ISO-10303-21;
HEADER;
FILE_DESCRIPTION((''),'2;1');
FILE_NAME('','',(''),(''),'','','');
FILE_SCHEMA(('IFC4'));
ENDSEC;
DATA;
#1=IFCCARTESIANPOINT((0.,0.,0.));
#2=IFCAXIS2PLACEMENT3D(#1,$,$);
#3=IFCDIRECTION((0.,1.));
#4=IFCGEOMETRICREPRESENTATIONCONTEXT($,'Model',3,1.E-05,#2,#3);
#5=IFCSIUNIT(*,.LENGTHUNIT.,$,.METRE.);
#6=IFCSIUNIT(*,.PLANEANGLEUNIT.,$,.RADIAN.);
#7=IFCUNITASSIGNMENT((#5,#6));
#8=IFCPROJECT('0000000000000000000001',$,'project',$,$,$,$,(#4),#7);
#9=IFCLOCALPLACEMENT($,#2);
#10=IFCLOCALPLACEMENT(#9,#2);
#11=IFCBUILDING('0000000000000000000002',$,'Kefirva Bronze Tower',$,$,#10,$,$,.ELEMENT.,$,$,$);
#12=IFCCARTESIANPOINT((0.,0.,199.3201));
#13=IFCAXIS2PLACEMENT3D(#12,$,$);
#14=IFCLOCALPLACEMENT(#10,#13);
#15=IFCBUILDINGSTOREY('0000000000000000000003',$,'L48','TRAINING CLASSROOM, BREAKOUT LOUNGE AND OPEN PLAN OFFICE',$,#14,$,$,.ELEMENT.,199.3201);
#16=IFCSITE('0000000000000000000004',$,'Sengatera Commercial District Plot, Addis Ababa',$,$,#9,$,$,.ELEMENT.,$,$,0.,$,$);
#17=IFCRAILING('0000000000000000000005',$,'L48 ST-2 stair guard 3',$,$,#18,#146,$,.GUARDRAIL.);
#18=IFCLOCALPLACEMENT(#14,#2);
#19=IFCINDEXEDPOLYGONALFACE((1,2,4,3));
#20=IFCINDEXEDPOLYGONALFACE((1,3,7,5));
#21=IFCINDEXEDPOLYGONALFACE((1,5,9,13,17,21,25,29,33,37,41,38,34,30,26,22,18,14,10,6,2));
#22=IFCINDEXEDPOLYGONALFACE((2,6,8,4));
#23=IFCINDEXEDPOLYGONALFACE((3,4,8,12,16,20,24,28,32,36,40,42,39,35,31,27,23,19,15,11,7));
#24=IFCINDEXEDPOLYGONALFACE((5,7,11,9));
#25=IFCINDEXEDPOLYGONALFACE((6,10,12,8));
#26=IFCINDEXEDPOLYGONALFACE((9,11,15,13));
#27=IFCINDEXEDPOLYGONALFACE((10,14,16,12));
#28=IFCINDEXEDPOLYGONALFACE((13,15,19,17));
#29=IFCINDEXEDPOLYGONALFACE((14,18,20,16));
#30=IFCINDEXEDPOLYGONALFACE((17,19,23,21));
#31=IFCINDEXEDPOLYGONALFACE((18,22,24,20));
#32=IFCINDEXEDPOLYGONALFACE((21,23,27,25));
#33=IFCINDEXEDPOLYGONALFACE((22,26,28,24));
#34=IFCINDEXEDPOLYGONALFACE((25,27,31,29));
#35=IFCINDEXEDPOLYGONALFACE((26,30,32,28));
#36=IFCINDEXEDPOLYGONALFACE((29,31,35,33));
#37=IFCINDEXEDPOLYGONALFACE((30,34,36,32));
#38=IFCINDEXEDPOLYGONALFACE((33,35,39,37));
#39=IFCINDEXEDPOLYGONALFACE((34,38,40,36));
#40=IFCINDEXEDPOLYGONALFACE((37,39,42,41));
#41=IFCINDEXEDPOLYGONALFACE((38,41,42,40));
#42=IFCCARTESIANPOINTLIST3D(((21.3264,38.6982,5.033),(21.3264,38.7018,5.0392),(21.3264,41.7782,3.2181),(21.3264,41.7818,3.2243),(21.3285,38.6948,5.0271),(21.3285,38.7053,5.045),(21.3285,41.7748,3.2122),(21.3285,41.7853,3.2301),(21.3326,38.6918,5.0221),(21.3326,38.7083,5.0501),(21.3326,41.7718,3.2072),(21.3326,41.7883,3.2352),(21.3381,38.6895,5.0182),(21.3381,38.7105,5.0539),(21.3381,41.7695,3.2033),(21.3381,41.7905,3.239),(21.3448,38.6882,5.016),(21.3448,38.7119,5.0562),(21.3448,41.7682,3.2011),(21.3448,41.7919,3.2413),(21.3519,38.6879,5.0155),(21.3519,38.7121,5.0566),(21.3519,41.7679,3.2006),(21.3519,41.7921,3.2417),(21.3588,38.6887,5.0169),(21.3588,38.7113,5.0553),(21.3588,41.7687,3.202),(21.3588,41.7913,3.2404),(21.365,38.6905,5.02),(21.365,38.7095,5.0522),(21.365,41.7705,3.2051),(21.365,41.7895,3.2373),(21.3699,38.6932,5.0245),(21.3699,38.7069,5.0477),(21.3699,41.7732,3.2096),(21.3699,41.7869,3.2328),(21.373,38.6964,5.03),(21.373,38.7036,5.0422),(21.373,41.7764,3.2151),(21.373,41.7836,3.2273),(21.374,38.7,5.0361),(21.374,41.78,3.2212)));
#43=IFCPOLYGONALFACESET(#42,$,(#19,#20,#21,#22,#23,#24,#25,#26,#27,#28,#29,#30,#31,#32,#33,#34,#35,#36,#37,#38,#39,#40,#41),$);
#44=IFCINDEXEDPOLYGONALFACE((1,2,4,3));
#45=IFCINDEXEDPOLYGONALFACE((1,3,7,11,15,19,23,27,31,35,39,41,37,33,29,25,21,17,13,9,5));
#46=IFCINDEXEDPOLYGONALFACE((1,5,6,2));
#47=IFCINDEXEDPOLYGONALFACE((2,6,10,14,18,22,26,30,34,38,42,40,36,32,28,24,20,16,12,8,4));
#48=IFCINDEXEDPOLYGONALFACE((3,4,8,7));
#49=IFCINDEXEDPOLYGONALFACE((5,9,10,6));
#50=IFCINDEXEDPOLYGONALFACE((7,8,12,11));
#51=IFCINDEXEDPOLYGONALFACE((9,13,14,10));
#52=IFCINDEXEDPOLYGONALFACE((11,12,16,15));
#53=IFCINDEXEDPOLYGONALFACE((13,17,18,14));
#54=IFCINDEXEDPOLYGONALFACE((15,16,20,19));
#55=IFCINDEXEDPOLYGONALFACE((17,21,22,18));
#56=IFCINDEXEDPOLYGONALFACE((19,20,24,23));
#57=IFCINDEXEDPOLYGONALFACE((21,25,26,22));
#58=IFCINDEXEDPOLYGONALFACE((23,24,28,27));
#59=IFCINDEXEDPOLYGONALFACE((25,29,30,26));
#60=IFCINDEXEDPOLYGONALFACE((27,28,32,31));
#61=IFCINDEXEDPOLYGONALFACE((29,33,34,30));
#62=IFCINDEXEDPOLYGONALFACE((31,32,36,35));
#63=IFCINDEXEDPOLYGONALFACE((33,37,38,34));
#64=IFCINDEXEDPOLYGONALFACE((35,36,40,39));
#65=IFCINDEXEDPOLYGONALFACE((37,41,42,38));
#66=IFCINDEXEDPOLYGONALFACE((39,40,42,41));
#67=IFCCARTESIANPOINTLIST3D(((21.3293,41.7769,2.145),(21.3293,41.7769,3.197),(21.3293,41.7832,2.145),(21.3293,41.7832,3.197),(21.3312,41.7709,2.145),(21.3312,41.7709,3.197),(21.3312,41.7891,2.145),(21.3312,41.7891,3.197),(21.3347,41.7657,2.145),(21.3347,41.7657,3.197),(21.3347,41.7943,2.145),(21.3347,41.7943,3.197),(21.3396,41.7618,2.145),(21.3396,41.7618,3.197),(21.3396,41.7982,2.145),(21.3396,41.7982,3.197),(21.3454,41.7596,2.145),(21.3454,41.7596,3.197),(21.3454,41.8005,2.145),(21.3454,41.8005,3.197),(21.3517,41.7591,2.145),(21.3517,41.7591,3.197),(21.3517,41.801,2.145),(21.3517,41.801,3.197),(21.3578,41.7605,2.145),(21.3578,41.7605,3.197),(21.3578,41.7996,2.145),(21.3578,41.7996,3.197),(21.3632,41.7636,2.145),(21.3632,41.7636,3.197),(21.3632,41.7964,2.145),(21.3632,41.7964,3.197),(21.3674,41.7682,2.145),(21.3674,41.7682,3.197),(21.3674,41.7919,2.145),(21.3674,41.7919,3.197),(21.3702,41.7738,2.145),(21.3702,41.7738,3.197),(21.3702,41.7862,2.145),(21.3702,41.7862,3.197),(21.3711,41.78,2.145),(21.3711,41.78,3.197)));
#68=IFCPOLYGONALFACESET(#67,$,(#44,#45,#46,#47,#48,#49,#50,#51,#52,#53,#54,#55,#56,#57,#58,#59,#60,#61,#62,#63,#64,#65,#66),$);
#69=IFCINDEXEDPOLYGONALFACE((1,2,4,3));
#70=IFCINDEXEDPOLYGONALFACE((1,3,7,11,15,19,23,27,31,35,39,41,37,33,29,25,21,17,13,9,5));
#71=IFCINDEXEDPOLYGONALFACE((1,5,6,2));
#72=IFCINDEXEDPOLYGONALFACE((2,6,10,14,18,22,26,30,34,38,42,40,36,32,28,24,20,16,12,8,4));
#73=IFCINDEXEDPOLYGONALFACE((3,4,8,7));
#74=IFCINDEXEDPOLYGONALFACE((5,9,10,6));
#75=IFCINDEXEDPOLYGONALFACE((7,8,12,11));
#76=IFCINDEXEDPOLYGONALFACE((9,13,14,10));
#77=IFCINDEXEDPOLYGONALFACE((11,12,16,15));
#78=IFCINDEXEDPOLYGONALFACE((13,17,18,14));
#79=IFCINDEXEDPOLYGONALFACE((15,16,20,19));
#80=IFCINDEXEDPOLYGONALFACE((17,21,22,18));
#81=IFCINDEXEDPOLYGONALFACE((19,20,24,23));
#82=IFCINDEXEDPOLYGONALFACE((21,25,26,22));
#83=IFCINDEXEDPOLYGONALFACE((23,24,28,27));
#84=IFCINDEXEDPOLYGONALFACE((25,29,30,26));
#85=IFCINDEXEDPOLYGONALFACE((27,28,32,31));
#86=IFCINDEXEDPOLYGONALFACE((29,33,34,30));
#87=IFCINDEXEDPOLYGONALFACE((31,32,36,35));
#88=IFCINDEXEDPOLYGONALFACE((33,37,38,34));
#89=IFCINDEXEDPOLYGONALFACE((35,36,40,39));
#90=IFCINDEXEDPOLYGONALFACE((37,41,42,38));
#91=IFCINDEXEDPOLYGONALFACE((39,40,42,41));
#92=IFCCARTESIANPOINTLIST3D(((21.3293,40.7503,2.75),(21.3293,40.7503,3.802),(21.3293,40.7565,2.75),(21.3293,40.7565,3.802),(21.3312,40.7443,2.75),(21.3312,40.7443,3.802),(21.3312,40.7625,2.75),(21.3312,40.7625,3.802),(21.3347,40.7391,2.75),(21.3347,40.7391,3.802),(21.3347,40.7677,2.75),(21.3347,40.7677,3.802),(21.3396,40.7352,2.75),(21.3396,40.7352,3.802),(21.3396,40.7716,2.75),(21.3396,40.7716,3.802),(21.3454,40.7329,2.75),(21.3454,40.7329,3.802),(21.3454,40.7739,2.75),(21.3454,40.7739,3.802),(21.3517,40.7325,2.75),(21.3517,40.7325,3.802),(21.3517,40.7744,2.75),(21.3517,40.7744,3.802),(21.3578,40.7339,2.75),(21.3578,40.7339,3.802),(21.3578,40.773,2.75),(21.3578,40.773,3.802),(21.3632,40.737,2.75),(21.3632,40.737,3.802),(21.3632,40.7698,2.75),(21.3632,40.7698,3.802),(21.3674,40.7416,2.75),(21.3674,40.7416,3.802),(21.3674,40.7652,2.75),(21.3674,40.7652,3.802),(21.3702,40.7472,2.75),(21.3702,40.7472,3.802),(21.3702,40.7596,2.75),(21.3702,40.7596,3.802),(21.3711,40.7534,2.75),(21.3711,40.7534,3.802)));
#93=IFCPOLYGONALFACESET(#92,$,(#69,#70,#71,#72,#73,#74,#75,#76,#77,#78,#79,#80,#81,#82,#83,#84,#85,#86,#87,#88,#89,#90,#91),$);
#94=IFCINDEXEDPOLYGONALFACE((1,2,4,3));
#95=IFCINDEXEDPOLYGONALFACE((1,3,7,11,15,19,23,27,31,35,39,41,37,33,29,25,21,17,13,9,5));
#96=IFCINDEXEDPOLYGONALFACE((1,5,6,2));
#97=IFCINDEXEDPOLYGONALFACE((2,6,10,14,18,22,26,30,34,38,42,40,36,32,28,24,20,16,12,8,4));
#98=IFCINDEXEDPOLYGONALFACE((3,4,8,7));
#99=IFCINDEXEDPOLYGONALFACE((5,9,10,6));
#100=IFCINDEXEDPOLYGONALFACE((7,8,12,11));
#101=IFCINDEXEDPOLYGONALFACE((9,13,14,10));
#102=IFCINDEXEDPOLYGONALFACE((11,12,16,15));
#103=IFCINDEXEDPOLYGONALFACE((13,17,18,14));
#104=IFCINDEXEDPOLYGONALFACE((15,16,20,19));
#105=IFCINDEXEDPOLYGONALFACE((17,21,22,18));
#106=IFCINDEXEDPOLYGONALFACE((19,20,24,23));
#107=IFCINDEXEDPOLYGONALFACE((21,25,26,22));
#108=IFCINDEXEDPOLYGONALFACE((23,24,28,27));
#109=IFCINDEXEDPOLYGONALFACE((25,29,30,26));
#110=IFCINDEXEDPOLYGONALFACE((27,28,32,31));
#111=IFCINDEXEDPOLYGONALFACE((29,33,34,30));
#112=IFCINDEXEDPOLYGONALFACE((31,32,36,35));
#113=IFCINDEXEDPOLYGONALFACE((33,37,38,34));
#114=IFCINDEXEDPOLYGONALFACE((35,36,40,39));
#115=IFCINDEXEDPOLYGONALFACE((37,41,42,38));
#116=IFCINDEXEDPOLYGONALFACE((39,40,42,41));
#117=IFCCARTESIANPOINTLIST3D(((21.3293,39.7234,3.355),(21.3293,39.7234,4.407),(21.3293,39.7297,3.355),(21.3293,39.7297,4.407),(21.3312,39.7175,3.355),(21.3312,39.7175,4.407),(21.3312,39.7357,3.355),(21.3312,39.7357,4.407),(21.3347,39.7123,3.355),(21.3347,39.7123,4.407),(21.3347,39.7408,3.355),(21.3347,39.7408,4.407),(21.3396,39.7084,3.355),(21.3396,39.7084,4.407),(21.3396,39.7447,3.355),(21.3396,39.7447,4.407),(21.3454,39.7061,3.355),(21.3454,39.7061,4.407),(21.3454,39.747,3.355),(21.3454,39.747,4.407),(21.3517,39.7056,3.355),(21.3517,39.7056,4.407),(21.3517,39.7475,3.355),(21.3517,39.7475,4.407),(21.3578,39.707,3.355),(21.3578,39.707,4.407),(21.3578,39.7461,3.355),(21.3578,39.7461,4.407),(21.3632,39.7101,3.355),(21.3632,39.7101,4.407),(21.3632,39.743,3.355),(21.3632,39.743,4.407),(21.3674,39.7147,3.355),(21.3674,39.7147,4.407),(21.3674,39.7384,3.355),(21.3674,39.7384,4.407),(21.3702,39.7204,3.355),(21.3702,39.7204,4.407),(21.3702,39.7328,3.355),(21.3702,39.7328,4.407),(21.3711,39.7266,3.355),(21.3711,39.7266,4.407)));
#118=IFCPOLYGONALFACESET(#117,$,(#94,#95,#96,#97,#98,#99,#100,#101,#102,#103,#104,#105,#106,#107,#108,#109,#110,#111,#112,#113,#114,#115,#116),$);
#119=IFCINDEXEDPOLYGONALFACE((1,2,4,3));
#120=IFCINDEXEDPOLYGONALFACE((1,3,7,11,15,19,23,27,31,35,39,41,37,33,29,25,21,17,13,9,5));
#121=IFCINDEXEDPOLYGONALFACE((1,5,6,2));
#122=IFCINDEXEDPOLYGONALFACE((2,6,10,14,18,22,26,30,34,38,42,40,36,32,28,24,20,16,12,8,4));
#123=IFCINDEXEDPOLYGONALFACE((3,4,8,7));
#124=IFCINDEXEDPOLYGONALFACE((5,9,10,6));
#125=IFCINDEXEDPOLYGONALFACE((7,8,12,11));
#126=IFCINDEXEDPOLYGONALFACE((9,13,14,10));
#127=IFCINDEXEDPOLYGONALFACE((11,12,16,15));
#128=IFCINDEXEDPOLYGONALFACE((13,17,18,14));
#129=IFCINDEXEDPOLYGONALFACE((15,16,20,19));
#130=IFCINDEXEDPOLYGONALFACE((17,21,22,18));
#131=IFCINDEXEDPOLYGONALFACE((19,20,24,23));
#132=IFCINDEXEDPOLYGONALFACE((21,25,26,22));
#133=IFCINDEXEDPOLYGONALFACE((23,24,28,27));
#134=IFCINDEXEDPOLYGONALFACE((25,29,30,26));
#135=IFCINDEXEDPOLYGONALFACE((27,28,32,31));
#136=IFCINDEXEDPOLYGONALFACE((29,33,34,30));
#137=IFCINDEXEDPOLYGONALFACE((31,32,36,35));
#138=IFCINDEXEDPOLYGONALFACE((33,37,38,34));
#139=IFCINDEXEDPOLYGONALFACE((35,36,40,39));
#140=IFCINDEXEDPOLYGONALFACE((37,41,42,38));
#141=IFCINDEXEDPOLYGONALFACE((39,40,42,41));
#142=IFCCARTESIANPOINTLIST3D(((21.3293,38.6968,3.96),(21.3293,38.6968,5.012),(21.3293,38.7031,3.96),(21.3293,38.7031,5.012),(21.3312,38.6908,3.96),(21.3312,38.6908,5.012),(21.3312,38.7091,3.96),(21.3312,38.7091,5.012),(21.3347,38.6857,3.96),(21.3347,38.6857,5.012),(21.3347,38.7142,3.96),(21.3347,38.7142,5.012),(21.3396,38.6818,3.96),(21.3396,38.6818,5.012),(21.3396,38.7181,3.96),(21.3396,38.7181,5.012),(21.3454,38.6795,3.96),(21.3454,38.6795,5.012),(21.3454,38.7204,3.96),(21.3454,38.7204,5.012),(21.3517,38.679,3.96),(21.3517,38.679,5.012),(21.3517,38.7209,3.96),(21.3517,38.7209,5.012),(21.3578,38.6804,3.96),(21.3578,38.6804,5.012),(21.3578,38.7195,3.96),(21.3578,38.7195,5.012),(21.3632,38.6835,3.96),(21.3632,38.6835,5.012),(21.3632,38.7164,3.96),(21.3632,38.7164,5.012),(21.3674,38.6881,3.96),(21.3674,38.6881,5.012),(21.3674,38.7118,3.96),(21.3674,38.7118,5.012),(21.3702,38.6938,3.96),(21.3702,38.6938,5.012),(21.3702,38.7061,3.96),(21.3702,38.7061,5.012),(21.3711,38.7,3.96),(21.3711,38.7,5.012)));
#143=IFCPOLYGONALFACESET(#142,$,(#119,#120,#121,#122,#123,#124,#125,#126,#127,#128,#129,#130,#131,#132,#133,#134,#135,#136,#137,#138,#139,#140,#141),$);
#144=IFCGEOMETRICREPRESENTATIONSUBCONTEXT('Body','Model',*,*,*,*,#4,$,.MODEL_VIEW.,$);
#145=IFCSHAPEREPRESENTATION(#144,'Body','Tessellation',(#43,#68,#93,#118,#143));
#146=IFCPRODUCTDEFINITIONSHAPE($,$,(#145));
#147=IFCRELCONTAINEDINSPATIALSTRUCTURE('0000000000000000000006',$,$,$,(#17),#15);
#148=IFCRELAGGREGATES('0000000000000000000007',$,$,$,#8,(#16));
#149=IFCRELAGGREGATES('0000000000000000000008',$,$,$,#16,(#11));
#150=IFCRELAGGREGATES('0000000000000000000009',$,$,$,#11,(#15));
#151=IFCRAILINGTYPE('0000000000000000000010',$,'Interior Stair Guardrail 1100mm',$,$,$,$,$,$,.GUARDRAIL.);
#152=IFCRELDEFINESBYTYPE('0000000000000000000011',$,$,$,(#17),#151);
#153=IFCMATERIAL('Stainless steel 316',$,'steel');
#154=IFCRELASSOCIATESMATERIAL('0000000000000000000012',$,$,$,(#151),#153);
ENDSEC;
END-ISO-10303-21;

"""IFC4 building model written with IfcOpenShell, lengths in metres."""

from ifc_helpers import new_model, si_unit, direction, frame, origin, origin_2d, place, context, subcontext, project, spatial, circle, extrude, material, type_object, element, save


model = new_model("IFC4")

# Units and contexts
model_context = context("Model", 3, precision=1e-05, world=origin(), true_north=direction((0.0, 1.0)))
body_context = subcontext(model_context, "Body", "Model", "MODEL_VIEW")
ifc_project = project(units=[si_unit("LENGTHUNIT", "METRE"), si_unit("PLANEANGLEUNIT", "RADIAN")], contexts=[model_context])

# Site, building, storey
site_placement = place(None, origin())
site = spatial("IfcSite", under=ifc_project, at=site_placement, Name="Sengatera Commercial District Plot, Addis Ababa", CompositionType="ELEMENT", RefElevation=0.0)
building_placement = place(site_placement, origin())
building = spatial("IfcBuilding", under=site, at=building_placement, Name="Kefirva Bronze Tower", CompositionType="ELEMENT")
storey_placement = place(building_placement, frame((0.0, 0.0, 199.3201)))
storey = spatial("IfcBuildingStorey", under=building, at=storey_placement, Name="L48", Description="TRAINING CLASSROOM, BREAKOUT LOUNGE AND OPEN PLAN OFFICE", CompositionType="ELEMENT", Elevation=199.3201)

# Railing
ifc_material_1 = material(Name="Stainless steel 316", Category="steel")
railing_type_1 = type_object("IfcRailingType", Name="Interior Stair Guardrail 1100mm", PredefinedType="GUARDRAIL", material=ifc_material_1)
railing_1_placement = place(storey_placement, frame((21.3501, 41.78, 2.145)))
element("IfcRailing", 1, at=railing_1_placement, inside=storey, type_object=railing_type_1, Name="L48 ST-2 stair guard 3", PredefinedType="GUARDRAIL", context=body_context, shape_type="SweptSolid", body=[
    extrude(circle(Radius=0.0239, at=origin_2d()), frame((0.0, 0.0, 1.0762), z_axis=(0.0, -0.861551, 0.507671), x_axis=(1.0, 0.0, 0.0)), (0.0, 0.0, 1.0), 3.575),
    extrude(circle(Radius=0.021, at=origin_2d()), origin(), (0.0, 0.0, 1.0), 1.052),
    extrude(circle(Radius=0.021, at=origin_2d()), frame((0.0, -1.0266, 0.605)), (0.0, 0.0, 1.0), 1.052),
    extrude(circle(Radius=0.021, at=origin_2d()), frame((0.0, -2.0535, 1.21)), (0.0, 0.0, 1.0), 1.052),
    extrude(circle(Radius=0.021, at=origin_2d()), frame((0.0, -3.0801, 1.8149)), (0.0, 0.0, 1.0), 1.052),
])

save(model, "model.ifc")
